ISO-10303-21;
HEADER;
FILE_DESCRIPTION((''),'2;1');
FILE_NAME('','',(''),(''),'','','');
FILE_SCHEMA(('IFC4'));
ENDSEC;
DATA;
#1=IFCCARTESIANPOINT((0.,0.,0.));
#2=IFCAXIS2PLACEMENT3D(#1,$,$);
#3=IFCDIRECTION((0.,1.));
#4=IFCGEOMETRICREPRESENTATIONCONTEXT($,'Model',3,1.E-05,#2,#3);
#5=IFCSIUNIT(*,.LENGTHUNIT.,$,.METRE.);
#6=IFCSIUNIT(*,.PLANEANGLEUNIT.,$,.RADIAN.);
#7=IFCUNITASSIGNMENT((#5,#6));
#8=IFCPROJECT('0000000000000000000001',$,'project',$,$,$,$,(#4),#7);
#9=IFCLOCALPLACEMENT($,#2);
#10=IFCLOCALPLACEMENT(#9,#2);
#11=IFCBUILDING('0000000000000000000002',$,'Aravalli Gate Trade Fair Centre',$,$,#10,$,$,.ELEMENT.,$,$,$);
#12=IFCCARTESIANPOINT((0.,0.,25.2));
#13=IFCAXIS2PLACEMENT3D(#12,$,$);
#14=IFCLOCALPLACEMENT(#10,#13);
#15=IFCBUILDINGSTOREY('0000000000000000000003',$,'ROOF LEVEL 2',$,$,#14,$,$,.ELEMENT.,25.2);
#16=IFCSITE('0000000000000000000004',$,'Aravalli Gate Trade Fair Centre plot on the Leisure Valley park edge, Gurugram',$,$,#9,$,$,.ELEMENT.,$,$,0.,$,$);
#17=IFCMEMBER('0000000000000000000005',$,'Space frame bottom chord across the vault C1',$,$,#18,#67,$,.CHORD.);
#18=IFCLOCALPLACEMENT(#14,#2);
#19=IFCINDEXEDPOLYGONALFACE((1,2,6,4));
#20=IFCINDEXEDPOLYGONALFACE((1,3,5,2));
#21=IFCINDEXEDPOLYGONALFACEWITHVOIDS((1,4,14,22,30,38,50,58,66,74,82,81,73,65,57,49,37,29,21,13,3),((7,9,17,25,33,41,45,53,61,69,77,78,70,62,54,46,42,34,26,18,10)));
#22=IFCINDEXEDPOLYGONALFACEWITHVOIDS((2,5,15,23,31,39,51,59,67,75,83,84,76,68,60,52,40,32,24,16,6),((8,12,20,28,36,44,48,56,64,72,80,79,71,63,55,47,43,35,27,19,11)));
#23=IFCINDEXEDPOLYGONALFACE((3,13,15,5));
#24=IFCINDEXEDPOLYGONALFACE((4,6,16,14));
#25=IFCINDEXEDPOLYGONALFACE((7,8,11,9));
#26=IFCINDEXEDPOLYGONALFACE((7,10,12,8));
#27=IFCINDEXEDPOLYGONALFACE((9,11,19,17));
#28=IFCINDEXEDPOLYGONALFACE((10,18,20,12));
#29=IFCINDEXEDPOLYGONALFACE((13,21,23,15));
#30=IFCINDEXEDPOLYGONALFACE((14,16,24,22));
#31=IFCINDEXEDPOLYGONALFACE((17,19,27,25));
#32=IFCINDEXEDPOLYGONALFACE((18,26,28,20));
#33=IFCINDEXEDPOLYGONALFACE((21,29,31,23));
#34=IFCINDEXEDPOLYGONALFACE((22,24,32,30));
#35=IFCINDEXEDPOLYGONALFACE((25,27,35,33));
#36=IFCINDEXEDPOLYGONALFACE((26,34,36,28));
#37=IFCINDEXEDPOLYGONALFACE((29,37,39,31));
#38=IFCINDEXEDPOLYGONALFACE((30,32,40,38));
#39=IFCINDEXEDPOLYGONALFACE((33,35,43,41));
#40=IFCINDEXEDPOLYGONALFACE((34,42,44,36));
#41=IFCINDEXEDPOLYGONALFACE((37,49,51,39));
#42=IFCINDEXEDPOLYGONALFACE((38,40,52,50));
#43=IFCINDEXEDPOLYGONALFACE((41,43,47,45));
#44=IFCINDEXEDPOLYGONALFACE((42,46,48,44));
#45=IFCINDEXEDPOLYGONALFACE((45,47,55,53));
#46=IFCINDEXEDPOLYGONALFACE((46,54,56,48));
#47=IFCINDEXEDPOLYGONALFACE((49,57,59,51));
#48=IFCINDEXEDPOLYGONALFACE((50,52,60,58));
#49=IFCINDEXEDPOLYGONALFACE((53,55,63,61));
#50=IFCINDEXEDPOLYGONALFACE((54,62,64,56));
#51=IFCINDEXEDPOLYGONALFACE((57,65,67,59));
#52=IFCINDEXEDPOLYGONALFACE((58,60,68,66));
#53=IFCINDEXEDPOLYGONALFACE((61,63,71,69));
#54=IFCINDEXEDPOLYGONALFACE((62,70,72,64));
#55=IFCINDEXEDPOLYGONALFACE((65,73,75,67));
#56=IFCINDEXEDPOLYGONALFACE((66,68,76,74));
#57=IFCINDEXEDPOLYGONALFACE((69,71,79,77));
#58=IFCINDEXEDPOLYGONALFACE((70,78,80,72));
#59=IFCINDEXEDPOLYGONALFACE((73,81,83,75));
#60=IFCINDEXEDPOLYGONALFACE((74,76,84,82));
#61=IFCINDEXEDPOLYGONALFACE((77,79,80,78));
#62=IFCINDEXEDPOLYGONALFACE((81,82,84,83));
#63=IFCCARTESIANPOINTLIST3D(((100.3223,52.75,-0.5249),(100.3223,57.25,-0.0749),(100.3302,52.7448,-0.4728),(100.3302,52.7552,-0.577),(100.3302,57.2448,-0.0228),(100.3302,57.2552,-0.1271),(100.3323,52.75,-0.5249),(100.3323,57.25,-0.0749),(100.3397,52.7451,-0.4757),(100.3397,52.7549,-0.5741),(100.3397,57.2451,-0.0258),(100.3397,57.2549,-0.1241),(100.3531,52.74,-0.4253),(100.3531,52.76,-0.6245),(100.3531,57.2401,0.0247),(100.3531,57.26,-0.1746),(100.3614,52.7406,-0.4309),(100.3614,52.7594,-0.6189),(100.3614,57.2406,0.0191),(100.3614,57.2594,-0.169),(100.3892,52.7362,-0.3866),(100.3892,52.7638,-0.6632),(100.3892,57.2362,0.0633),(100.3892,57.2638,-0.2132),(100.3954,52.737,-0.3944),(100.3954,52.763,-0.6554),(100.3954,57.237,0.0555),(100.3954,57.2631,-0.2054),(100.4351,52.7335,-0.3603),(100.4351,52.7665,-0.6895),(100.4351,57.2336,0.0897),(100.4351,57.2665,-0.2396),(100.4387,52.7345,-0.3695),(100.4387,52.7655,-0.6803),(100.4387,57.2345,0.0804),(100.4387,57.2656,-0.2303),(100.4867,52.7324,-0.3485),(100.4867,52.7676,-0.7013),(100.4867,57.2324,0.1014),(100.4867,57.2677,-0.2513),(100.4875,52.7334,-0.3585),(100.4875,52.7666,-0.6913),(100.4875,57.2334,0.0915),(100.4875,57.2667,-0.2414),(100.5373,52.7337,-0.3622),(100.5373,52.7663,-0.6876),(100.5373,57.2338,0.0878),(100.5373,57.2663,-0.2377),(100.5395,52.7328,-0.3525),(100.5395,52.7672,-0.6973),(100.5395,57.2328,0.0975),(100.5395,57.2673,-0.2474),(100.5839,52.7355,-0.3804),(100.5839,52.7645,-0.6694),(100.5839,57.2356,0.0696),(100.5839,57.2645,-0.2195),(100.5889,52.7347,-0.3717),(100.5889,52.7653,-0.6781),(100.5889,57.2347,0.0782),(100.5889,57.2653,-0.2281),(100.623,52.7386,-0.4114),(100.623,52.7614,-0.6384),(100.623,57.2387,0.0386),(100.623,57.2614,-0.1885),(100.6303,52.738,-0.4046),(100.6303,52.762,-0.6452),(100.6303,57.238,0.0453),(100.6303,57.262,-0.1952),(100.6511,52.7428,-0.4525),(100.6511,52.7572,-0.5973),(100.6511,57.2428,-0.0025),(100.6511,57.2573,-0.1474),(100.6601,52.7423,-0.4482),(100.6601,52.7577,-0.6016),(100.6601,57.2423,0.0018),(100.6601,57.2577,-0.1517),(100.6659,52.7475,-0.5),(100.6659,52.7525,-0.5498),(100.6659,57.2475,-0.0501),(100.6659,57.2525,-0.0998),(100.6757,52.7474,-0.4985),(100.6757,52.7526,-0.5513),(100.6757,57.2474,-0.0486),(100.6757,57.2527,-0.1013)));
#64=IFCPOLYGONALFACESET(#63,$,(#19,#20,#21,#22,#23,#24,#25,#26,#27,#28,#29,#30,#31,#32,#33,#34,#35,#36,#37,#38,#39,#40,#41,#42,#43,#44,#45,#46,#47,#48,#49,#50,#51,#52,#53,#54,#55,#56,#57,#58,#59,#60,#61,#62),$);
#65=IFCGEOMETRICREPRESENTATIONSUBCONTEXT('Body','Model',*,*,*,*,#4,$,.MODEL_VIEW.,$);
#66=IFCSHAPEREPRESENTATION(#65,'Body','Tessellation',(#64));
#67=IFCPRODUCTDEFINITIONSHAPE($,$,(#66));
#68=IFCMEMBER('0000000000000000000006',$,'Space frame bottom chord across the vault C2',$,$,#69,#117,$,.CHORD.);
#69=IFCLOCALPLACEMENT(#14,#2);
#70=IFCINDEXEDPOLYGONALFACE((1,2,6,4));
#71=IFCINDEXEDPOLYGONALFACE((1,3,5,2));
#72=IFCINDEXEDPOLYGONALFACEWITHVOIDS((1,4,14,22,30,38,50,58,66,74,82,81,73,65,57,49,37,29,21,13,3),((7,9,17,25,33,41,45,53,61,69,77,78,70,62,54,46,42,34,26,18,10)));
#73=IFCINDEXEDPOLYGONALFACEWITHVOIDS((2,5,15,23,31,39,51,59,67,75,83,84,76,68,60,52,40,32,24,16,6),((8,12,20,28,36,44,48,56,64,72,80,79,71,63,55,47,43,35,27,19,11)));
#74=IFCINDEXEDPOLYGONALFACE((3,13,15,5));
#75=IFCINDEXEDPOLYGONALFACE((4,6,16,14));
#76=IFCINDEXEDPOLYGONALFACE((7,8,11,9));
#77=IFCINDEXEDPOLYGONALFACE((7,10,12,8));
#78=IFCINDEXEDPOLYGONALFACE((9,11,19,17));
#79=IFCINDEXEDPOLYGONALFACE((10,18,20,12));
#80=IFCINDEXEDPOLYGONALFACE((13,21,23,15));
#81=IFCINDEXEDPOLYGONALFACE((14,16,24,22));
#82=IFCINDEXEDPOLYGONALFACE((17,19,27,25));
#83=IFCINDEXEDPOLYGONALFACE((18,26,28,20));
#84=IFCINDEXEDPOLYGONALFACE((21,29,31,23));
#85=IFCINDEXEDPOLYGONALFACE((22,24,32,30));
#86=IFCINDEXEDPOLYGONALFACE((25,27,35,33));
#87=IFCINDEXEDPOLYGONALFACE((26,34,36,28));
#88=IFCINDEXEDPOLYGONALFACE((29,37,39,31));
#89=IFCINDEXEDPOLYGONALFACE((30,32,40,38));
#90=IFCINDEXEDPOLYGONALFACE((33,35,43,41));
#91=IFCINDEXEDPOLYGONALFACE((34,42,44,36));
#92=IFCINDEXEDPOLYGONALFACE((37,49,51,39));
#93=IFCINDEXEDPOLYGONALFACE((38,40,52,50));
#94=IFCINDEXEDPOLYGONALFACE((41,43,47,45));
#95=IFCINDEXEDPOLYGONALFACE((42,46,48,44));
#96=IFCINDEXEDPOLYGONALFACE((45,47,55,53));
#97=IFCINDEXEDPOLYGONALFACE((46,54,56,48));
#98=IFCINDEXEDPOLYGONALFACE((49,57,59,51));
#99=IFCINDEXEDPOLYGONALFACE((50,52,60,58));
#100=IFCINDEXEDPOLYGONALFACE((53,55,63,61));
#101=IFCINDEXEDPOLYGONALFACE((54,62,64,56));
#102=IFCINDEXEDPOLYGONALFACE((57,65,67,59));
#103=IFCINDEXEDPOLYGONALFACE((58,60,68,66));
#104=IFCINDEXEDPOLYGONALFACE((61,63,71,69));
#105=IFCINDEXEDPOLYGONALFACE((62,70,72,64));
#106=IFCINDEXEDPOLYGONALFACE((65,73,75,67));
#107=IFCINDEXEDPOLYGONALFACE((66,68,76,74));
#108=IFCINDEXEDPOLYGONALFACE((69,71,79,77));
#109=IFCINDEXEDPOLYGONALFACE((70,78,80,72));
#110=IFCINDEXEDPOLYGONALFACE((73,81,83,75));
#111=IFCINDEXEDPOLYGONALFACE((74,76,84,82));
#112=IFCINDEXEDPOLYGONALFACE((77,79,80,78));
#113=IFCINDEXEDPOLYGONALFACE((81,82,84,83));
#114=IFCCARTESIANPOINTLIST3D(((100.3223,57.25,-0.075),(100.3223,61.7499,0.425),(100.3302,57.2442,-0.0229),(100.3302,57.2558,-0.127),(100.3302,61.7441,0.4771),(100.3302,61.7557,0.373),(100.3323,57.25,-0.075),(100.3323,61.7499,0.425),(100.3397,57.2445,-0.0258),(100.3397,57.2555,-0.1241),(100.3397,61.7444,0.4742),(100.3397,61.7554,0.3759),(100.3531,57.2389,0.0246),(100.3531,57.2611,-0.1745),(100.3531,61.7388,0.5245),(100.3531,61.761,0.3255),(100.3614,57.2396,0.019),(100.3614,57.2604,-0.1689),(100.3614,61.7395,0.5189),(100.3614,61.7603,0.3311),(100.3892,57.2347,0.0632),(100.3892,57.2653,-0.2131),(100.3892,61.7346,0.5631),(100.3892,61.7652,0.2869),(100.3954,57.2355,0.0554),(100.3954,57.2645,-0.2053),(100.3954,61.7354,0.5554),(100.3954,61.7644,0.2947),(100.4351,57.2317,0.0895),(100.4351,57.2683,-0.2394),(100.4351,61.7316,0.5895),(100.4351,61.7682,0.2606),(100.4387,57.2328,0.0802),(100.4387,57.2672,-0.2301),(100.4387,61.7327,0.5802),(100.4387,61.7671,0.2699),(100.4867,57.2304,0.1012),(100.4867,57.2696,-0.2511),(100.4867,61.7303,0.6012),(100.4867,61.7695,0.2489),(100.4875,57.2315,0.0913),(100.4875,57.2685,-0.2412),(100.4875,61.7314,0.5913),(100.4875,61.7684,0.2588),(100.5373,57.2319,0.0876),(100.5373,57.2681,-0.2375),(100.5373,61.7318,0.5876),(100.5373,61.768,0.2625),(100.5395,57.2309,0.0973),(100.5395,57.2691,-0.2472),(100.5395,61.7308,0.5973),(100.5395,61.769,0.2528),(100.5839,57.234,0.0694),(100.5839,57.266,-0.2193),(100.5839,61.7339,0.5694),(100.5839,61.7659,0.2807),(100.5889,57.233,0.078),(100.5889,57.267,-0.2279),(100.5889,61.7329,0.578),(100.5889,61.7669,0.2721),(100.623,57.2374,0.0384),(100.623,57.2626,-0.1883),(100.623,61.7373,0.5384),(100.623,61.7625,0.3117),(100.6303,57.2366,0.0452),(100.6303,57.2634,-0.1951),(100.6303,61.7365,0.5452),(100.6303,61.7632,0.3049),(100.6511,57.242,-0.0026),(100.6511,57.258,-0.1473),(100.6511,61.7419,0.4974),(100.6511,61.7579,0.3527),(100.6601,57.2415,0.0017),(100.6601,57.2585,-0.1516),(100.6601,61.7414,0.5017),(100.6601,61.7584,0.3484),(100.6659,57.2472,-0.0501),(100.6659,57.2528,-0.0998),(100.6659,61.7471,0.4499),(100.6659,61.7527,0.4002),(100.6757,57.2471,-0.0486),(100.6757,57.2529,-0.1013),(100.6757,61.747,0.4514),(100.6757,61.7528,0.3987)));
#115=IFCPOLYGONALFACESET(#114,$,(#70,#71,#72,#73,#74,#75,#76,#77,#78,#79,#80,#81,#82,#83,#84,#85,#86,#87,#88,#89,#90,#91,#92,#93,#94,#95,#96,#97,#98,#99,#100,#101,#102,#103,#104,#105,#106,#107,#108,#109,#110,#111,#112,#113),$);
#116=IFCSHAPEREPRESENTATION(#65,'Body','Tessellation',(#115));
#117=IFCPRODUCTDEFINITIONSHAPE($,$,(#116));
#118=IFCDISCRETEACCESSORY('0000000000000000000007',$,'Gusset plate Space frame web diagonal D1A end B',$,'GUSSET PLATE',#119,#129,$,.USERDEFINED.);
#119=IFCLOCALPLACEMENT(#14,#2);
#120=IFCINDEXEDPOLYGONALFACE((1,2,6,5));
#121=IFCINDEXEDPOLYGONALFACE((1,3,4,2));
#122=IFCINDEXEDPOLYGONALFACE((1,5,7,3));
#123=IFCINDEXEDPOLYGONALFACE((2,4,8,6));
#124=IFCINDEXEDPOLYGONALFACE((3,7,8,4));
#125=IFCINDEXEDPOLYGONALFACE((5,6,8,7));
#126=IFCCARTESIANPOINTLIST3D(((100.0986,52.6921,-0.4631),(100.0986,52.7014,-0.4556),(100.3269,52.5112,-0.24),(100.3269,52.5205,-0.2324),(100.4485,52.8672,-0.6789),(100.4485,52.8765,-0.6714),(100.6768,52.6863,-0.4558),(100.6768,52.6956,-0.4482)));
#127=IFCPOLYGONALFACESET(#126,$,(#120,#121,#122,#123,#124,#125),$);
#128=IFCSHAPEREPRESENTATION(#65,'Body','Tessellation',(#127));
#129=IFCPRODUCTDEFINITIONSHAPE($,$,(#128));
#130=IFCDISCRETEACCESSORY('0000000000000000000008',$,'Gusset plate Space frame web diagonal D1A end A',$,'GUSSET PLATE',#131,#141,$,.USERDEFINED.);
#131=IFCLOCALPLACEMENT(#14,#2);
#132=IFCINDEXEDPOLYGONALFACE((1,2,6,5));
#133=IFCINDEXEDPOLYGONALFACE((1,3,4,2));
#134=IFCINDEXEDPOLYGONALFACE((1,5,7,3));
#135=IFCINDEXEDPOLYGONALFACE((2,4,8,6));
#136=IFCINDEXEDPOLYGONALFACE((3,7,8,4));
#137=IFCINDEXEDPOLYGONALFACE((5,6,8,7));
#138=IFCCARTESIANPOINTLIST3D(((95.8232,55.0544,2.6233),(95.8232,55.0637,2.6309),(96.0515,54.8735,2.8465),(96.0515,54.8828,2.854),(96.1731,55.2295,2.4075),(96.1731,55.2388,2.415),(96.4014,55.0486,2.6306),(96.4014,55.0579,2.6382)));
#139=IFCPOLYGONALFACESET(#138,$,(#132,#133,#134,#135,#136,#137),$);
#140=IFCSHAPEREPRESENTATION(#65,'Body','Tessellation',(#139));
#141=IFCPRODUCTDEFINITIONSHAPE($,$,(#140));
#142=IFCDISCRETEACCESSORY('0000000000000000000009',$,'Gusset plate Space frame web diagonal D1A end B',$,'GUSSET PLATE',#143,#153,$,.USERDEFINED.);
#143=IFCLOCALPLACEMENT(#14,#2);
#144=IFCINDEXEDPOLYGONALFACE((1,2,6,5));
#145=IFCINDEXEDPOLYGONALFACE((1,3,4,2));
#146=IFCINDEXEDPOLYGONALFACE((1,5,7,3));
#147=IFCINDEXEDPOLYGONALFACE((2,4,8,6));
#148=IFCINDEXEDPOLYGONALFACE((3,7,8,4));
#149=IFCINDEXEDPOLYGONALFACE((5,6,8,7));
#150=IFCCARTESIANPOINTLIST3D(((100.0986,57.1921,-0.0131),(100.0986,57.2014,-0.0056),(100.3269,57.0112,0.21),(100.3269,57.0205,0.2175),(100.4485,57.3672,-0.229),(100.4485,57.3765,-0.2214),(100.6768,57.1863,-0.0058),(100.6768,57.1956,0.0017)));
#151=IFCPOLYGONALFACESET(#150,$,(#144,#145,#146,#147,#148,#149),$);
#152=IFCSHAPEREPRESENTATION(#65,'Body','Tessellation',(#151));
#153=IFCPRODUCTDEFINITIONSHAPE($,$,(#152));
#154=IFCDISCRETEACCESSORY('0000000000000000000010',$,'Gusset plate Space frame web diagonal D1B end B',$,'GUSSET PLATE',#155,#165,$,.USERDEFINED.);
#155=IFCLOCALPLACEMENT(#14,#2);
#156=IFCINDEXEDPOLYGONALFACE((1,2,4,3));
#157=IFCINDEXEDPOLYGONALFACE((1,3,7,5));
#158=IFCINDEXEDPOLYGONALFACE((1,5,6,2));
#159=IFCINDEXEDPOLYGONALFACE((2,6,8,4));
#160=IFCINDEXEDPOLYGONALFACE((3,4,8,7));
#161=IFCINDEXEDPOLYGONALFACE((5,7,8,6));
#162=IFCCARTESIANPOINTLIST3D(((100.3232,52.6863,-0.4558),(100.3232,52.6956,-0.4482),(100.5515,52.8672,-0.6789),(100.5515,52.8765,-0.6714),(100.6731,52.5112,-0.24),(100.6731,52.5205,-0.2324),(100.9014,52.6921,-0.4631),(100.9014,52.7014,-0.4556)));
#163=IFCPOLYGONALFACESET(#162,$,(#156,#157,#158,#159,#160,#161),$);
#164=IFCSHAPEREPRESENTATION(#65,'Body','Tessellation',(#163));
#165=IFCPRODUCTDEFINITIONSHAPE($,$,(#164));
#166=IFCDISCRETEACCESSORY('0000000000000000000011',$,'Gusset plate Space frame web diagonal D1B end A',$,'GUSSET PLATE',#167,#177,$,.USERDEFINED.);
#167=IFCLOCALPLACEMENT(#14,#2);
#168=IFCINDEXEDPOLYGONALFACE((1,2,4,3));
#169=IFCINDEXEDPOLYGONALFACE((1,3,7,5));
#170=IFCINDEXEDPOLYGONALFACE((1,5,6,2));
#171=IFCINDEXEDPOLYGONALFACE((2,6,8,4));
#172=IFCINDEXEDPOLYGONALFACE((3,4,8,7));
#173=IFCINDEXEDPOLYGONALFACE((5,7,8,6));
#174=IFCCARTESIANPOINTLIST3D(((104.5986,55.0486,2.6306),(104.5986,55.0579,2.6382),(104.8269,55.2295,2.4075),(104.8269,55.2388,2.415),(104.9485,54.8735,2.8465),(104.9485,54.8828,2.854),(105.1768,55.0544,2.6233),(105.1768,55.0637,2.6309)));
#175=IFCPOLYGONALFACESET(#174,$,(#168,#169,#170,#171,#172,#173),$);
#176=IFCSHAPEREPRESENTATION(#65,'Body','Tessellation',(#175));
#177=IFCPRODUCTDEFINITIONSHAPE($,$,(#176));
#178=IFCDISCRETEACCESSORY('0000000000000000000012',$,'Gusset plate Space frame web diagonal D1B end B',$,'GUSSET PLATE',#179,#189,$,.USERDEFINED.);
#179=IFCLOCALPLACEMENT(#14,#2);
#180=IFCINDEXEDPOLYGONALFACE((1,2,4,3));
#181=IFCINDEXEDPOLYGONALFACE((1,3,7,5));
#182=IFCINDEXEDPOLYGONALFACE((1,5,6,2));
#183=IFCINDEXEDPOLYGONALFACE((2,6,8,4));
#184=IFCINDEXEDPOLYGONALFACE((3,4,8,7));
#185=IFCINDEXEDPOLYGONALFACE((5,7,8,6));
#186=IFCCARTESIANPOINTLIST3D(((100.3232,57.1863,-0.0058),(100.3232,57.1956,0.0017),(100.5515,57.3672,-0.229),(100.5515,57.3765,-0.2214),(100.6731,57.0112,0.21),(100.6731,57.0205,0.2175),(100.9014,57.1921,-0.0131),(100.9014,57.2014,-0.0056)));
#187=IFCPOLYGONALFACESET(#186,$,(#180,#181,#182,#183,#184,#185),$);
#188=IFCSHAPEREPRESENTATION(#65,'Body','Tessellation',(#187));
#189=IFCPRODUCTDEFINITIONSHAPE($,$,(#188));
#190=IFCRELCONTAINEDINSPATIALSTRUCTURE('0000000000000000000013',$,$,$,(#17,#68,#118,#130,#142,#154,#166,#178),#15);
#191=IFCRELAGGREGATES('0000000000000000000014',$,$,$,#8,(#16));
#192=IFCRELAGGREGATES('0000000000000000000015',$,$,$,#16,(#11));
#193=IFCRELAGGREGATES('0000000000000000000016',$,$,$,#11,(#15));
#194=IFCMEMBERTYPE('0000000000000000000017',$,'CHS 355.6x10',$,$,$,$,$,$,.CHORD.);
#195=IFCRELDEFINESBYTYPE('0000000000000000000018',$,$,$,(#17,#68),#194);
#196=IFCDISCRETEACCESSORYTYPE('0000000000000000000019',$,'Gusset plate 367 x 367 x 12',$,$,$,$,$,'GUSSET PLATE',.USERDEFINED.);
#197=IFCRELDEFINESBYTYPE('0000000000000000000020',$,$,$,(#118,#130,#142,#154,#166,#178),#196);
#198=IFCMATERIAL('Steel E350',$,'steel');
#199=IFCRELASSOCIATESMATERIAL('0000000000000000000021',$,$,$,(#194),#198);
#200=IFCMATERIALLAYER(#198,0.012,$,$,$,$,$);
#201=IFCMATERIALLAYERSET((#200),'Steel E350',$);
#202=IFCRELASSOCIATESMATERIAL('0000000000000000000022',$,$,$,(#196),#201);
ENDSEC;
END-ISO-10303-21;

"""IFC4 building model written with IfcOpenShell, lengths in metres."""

from ifc_helpers import new_model, si_unit, direction, frame, origin, origin_2d, place, context, subcontext, project, spatial, polyline, hollow_circle, outline, extrude, material, layer, layer_set, material_profile, profile_set, type_object, element, save


model = new_model("IFC4")

# Units and contexts
model_context = context("Model", 3, precision=1e-05, world=origin(), true_north=direction((0.0, 1.0)))
body_context = subcontext(model_context, "Body", "Model", "MODEL_VIEW")
ifc_project = project(units=[si_unit("LENGTHUNIT", "METRE"), si_unit("PLANEANGLEUNIT", "RADIAN")], contexts=[model_context])

# Site, building, storey
site_placement = place(None, origin())
site = spatial("IfcSite", under=ifc_project, at=site_placement, Name="Aravalli Gate Trade Fair Centre plot on the Leisure Valley park edge, Gurugram", CompositionType="ELEMENT", RefElevation=0.0)
building_placement = place(site_placement, origin())
building = spatial("IfcBuilding", under=site, at=building_placement, Name="Aravalli Gate Trade Fair Centre", CompositionType="ELEMENT")
storey_placement = place(building_placement, frame((0.0, 0.0, 25.2)))
storey = spatial("IfcBuildingStorey", under=building, at=storey_placement, Name="ROOF LEVEL 2", CompositionType="ELEMENT", Elevation=25.2)

# Members
ifc_material = material(Name="Steel E350", Category="steel")
ifc_material_profile_1 = material_profile(ifc_material, hollow_circle(Radius=0.1777, WallThickness=0.01, at=origin_2d()), Name="CHS 355.6x10")
ifc_profile_set_1 = profile_set([ifc_material_profile_1], Name="Steel E350")
member_type_1 = type_object("IfcMemberType", Name="CHS 355.6x10", PredefinedType="CHORD", material=ifc_profile_set_1)
member_1_placement = place(storey_placement, frame((100.5, 52.75, -0.5249), z_axis=(0.0, 0.995038, 0.099493), x_axis=(-1.0, 0.0, 0.0)))
element("IfcMember", 1, at=member_1_placement, inside=storey, type_object=member_type_1, Name="Space frame bottom chord across the vault C1", PredefinedType="CHORD", context=body_context, shape_type="SweptSolid", body=[
    extrude(hollow_circle(Radius=0.1777, WallThickness=0.01, at=origin_2d()), origin(), (0.0, 0.0, 1.0), 4.5225),
])
member_2_placement = place(storey_placement, frame((100.5, 57.25, -0.075), z_axis=(0.0, 0.993884, 0.110432), x_axis=(-1.0, 0.0, 0.0)))
element("IfcMember", 2, at=member_2_placement, inside=storey, type_object=member_type_1, Name="Space frame bottom chord across the vault C2", PredefinedType="CHORD", context=body_context, shape_type="SweptSolid", body=[
    extrude(hollow_circle(Radius=0.1777, WallThickness=0.01, at=origin_2d()), origin(), (0.0, 0.0, 1.0), 4.5276),
])

# Discrete accessories
ifc_layer = layer(ifc_material, 0.012)
ifc_layer_set = layer_set([ifc_layer], Name="Steel E350")
discrete_accessory_type = type_object("IfcDiscreteAccessoryType", Name="Gusset plate 367 x 367 x 12", ElementType="GUSSET PLATE", PredefinedType="USERDEFINED", material=ifc_layer_set)
discrete_accessory_1_placement = place(storey_placement, frame((100.0986, 52.7014, -0.4556), z_axis=(-0.000107, 0.776736, 0.629826), x_axis=(0.783044, 0.391795, -0.48305)))
element("IfcDiscreteAccessory", 3, at=discrete_accessory_1_placement, inside=storey, type_object=discrete_accessory_type, Name="Gusset plate Space frame web diagonal D1A end B", ObjectType="GUSSET PLATE", PredefinedType="USERDEFINED", context=body_context, shape_type="SweptSolid", body=[
    extrude(outline(polyline([(0.0, 0.0), (0.4468, 0.0), (0.4469, -0.3669), (0.0001, -0.3669), (0.0, 0.0)])), origin(), (0.0, 0.0, -1.0), 0.012),
])
discrete_accessory_2_placement = place(storey_placement, frame((96.1731, 55.2388, 2.415), z_axis=(-0.000107, 0.776736, 0.629826), x_axis=(-0.783044, -0.391795, 0.48305)))
element("IfcDiscreteAccessory", 4, at=discrete_accessory_2_placement, inside=storey, type_object=discrete_accessory_type, Name="Gusset plate Space frame web diagonal D1A end A", ObjectType="GUSSET PLATE", PredefinedType="USERDEFINED", context=body_context, shape_type="SweptSolid", body=[
    extrude(outline(polyline([(0.0, 0.0), (0.4468, 0.0), (0.4467, 0.3669), (-0.0001, 0.3669), (0.0, 0.0)])), origin(), (0.0, 0.0, -1.0), 0.012),
])
discrete_accessory_3_placement = place(storey_placement, frame((100.0986, 57.2014, -0.0056), z_axis=(-0.000107, 0.776736, 0.629826), x_axis=(0.783044, 0.391795, -0.48305)))
element("IfcDiscreteAccessory", 5, at=discrete_accessory_3_placement, inside=storey, type_object=discrete_accessory_type, Name="Gusset plate Space frame web diagonal D1A end B", ObjectType="GUSSET PLATE", PredefinedType="USERDEFINED", context=body_context, shape_type="SweptSolid", body=[
    extrude(outline(polyline([(0.0, 0.0), (0.4468, 0.0), (0.4469, -0.3669), (0.0001, -0.3669), (0.0, 0.0)])), origin(), (0.0, 0.0, -1.0), 0.012),
])
discrete_accessory_4_placement = place(storey_placement, frame((100.6731, 52.5205, -0.2324), z_axis=(0.000107, 0.776736, 0.629826), x_axis=(-0.783044, 0.391795, -0.48305)))
element("IfcDiscreteAccessory", 6, at=discrete_accessory_4_placement, inside=storey, type_object=discrete_accessory_type, Name="Gusset plate Space frame web diagonal D1B end B", ObjectType="GUSSET PLATE", PredefinedType="USERDEFINED", context=body_context, shape_type="SweptSolid", body=[
    extrude(outline(polyline([(0.0, 0.0), (0.4468, 0.0), (0.4467, -0.3669), (-0.0001, -0.3669), (0.0, 0.0)])), origin(), (0.0, 0.0, -1.0), 0.012),
])
discrete_accessory_5_placement = place(storey_placement, frame((104.5986, 55.0579, 2.6382), z_axis=(0.000107, 0.776736, 0.629826), x_axis=(0.783044, -0.391795, 0.48305)))
element("IfcDiscreteAccessory", 7, at=discrete_accessory_5_placement, inside=storey, type_object=discrete_accessory_type, Name="Gusset plate Space frame web diagonal D1B end A", ObjectType="GUSSET PLATE", PredefinedType="USERDEFINED", context=body_context, shape_type="SweptSolid", body=[
    extrude(outline(polyline([(0.0, 0.0), (0.4468, 0.0), (0.4469, 0.3669), (0.0001, 0.3669), (0.0, 0.0)])), origin(), (0.0, 0.0, -1.0), 0.012),
])
discrete_accessory_6_placement = place(storey_placement, frame((100.6731, 57.0205, 0.2175), z_axis=(0.000107, 0.776736, 0.629826), x_axis=(-0.783044, 0.391795, -0.48305)))
element("IfcDiscreteAccessory", 8, at=discrete_accessory_6_placement, inside=storey, type_object=discrete_accessory_type, Name="Gusset plate Space frame web diagonal D1B end B", ObjectType="GUSSET PLATE", PredefinedType="USERDEFINED", context=body_context, shape_type="SweptSolid", body=[
    extrude(outline(polyline([(0.0, 0.0), (0.4468, 0.0), (0.4467, -0.3669), (-0.0001, -0.3669), (0.0, 0.0)])), origin(), (0.0, 0.0, -1.0), 0.012),
])

save(model, "model.ifc")
